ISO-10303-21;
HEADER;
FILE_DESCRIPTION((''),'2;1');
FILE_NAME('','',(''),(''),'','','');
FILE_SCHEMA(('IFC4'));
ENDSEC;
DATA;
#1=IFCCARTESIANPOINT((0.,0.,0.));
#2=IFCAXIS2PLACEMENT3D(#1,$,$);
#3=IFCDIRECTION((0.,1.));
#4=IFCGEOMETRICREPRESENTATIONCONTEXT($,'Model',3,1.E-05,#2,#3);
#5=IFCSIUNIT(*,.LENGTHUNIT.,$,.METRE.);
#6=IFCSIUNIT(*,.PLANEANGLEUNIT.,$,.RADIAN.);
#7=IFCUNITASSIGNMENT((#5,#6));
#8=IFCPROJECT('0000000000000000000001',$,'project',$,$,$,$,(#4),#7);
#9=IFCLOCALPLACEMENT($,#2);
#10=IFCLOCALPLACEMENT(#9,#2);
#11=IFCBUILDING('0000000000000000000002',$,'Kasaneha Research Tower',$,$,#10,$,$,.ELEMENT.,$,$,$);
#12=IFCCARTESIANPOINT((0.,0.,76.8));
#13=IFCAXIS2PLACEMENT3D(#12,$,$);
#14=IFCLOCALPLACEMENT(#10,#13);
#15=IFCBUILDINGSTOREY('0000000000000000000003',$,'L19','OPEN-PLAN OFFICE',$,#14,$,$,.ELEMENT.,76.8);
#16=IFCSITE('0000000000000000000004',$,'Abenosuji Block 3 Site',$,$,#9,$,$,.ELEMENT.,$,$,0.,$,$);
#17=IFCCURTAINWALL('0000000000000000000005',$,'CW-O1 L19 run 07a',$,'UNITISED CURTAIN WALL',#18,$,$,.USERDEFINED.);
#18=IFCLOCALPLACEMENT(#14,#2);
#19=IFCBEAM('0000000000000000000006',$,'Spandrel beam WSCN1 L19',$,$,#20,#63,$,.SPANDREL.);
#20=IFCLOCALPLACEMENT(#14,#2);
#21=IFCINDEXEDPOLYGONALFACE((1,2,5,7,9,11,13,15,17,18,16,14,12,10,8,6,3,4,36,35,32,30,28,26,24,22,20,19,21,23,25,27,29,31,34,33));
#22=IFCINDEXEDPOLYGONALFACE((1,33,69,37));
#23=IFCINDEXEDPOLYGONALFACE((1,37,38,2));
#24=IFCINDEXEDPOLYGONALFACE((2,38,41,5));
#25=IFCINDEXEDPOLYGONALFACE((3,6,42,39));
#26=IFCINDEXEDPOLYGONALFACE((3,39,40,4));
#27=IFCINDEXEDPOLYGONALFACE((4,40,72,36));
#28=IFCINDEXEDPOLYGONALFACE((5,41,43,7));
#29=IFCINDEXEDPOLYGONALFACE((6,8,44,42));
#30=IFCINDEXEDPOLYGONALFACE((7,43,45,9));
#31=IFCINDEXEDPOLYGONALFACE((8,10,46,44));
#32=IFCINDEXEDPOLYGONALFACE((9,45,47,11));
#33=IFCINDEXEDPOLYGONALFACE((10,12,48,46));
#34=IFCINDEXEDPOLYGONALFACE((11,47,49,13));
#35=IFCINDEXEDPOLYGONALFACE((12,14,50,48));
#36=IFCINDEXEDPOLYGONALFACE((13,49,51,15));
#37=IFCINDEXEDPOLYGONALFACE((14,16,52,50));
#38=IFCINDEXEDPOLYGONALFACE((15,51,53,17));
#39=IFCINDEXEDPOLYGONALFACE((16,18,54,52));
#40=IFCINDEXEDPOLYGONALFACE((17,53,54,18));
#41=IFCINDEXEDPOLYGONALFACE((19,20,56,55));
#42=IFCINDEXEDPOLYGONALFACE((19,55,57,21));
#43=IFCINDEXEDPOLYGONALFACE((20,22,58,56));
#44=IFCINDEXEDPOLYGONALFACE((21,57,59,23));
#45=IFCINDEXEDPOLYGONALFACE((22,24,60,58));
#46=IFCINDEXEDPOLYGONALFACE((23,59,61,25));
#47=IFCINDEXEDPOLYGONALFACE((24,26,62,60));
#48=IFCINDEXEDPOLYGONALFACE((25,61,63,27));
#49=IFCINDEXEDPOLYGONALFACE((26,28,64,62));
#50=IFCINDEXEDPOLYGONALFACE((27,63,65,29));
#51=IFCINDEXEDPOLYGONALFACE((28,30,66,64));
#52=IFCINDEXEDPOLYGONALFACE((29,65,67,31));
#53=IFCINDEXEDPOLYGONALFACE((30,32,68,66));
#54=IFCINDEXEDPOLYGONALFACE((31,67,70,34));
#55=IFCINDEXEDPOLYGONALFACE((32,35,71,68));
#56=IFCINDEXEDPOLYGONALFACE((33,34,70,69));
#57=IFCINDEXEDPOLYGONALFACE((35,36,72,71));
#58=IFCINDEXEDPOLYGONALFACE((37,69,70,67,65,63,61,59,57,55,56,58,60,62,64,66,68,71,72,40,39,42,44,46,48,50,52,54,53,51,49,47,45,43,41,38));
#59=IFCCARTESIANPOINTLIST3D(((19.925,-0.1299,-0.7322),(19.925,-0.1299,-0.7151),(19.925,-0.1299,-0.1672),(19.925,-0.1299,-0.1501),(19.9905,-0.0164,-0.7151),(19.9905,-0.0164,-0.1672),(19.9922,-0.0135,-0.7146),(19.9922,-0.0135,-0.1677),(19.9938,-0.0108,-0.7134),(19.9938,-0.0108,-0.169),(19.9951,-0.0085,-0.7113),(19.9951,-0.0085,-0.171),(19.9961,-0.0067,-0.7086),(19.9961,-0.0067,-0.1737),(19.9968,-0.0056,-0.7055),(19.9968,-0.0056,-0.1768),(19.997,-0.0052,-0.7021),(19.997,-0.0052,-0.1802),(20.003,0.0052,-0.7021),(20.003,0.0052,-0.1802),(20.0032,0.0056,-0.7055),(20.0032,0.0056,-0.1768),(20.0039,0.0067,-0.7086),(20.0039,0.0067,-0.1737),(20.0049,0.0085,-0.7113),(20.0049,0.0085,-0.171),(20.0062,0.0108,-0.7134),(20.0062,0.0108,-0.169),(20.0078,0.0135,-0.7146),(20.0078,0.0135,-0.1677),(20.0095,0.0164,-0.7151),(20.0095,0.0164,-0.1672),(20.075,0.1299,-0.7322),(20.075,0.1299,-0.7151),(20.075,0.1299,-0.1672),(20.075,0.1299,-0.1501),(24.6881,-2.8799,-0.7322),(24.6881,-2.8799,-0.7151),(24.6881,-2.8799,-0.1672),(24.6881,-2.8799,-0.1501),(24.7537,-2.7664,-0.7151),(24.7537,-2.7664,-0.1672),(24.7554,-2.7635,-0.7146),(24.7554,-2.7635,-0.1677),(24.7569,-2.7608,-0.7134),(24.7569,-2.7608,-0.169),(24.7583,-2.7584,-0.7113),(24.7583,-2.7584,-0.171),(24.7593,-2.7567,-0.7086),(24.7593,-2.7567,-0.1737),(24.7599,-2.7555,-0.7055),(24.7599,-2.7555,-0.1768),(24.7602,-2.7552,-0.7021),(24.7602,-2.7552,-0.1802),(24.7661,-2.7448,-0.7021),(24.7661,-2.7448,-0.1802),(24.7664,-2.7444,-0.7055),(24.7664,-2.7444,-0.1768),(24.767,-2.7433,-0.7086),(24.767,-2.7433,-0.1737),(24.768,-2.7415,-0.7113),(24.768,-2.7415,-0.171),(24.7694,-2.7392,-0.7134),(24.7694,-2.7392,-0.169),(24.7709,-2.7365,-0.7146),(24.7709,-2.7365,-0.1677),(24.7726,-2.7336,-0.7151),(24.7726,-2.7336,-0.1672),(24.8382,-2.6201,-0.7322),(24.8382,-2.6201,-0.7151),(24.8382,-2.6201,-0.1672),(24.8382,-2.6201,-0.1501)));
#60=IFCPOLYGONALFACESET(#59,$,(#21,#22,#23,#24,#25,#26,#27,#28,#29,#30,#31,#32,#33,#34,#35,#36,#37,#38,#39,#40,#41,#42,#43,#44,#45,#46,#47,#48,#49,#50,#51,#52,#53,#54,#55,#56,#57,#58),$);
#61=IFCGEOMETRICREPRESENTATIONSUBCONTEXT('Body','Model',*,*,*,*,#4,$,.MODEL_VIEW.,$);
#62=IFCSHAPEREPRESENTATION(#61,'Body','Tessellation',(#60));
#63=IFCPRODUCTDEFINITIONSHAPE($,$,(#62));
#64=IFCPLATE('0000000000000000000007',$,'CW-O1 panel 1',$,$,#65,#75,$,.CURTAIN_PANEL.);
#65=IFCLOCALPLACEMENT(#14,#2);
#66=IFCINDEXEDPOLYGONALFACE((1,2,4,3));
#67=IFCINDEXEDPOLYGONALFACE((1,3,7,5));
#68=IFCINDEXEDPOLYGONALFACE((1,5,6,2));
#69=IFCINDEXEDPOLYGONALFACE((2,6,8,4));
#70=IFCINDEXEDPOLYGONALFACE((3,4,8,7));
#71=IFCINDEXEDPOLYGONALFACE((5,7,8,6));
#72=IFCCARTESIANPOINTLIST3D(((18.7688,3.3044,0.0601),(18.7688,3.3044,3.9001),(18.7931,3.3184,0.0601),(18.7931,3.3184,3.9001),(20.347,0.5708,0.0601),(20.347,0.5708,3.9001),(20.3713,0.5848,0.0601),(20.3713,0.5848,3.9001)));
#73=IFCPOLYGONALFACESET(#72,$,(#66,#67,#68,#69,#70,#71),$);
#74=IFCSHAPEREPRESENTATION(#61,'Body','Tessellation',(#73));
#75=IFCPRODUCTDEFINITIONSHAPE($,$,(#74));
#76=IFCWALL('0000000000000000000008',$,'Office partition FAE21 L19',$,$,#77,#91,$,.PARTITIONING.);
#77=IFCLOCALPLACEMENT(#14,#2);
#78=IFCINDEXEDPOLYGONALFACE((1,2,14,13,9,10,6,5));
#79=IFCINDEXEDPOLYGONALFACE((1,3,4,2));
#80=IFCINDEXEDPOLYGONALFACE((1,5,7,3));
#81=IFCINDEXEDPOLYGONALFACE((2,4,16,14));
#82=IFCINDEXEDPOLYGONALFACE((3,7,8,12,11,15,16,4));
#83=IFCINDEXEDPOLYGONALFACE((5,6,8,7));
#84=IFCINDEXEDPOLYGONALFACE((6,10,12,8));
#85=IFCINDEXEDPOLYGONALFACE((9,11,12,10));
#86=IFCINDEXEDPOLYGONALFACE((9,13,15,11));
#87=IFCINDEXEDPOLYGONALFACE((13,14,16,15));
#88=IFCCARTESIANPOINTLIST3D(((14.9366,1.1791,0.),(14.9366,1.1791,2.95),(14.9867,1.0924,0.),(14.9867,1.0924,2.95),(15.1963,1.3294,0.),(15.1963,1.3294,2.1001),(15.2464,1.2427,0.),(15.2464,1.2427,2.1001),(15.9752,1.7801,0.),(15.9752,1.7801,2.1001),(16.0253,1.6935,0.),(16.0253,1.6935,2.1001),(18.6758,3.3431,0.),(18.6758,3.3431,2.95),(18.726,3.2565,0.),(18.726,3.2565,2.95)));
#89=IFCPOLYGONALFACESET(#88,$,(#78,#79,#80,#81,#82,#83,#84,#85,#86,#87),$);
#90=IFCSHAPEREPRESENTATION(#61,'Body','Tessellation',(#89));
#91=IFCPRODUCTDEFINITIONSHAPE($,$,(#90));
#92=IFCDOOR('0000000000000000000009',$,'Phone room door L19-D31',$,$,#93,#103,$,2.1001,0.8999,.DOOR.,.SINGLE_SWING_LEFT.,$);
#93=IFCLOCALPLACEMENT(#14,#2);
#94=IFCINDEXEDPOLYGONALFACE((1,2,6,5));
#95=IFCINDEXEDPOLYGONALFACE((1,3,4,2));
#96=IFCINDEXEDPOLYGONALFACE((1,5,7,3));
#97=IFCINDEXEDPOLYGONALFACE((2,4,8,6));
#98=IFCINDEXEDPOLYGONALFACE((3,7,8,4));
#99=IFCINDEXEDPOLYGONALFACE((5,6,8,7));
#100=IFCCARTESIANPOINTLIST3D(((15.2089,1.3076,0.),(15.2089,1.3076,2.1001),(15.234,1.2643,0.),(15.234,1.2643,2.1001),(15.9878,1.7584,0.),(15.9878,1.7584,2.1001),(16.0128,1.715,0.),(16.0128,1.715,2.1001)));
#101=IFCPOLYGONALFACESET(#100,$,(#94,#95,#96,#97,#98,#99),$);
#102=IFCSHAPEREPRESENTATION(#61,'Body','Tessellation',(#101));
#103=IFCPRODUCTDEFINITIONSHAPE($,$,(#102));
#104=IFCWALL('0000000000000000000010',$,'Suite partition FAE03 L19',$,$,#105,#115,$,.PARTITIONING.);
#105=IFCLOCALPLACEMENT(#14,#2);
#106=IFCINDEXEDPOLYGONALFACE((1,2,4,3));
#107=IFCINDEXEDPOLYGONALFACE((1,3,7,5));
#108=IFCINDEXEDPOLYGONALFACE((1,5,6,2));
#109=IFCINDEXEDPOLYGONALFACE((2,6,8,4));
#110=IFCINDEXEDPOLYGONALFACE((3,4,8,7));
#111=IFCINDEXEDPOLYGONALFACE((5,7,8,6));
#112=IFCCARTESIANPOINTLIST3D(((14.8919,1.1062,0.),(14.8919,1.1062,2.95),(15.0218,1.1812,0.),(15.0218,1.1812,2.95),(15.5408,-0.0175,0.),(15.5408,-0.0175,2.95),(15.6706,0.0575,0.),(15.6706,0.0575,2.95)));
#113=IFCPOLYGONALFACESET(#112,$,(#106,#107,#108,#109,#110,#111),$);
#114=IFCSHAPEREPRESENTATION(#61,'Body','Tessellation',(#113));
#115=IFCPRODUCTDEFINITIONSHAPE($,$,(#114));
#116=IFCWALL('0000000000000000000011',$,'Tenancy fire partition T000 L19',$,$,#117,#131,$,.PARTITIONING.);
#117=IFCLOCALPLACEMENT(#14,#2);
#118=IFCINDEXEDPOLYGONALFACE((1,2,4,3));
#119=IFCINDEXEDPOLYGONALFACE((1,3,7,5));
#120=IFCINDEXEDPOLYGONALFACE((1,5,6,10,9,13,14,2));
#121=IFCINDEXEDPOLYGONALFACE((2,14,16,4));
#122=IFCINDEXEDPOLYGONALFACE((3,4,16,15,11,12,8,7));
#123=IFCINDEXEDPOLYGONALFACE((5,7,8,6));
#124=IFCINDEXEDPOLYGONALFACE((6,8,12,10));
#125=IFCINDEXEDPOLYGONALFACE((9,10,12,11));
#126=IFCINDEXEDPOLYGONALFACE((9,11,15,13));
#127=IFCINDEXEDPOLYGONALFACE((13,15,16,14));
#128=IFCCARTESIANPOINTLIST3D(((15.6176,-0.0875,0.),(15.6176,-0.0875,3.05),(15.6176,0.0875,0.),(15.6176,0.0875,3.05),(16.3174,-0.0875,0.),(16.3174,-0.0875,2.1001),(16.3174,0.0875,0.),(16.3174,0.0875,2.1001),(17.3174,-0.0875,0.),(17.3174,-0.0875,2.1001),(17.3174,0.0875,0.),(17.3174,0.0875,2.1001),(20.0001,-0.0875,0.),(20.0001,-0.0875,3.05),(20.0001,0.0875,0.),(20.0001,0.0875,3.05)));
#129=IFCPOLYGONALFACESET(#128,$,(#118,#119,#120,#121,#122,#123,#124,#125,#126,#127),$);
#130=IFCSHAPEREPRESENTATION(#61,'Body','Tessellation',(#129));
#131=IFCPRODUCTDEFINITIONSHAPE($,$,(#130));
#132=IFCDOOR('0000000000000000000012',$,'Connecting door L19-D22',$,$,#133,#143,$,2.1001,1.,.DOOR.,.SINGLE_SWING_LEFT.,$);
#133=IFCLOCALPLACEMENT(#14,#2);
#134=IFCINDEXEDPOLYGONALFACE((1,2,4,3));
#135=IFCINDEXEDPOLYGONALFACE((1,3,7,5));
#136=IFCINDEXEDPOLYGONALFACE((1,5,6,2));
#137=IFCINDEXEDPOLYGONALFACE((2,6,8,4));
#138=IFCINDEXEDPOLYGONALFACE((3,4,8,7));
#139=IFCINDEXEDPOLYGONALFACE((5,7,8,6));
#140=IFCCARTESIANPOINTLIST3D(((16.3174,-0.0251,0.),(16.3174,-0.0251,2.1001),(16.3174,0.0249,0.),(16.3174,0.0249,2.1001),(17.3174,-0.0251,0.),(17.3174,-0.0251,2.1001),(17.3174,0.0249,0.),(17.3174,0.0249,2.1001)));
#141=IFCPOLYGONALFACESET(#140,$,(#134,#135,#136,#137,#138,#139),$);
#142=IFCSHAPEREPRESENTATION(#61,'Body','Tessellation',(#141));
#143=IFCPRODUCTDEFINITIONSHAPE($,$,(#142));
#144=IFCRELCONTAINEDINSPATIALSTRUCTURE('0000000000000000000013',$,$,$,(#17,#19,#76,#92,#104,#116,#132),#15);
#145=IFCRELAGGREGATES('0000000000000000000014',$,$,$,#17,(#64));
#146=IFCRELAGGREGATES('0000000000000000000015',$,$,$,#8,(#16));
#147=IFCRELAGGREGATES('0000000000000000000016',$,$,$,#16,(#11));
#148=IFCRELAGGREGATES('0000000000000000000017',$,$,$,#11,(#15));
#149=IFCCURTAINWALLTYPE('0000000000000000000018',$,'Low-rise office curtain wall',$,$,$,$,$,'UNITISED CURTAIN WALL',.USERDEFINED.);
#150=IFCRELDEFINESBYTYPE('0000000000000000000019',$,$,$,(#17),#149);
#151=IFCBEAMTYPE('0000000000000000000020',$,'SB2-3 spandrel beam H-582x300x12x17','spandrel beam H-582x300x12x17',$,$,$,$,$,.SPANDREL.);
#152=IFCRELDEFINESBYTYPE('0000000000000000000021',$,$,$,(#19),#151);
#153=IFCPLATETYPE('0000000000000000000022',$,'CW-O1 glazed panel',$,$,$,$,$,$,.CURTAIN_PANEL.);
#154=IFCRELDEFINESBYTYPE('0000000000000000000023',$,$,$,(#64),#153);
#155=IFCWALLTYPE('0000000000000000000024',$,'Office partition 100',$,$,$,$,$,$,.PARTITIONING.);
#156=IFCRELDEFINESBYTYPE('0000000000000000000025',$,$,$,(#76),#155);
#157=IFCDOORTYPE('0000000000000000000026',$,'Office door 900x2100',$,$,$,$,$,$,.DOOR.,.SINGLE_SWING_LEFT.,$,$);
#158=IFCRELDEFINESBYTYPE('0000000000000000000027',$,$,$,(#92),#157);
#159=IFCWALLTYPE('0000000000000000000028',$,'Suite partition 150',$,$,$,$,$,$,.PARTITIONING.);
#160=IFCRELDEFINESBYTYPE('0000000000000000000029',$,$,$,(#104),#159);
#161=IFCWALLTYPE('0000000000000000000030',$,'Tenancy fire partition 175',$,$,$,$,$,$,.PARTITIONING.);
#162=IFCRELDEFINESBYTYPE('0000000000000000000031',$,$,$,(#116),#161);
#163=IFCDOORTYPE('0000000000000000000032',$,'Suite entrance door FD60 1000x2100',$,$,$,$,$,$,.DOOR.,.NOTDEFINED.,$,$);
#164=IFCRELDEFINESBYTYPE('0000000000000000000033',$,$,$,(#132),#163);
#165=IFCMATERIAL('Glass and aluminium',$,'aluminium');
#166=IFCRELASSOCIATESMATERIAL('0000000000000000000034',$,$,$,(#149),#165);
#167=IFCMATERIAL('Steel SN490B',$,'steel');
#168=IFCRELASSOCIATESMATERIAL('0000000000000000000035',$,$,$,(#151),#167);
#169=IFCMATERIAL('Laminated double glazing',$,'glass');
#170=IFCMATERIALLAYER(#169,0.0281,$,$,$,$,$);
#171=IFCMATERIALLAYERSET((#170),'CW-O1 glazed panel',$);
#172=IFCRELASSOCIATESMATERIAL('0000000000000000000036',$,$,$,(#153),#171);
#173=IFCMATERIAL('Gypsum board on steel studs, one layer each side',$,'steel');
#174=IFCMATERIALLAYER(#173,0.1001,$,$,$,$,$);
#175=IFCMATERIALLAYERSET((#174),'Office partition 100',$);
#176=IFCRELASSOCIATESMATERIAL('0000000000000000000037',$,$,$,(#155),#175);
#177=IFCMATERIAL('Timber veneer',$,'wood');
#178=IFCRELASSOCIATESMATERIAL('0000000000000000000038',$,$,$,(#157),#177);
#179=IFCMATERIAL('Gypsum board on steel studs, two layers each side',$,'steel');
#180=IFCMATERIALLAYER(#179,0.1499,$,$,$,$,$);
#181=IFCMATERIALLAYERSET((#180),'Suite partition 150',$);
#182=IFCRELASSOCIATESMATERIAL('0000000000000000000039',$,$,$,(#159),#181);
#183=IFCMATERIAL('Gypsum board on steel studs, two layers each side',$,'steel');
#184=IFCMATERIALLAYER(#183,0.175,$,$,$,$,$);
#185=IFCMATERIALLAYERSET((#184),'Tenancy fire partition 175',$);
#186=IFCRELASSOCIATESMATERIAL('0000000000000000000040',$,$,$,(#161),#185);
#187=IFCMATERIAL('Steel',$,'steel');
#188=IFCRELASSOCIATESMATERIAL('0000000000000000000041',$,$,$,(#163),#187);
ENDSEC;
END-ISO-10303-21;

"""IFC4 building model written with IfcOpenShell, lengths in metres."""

from ifc_helpers import new_model, si_unit, direction, frame, frame_2d, origin, origin_2d, place, context, subcontext, project, spatial, rectangle, i_section, extrude, material, layer, layer_set, material_profile, profile_set, type_object, element, fill, aggregate, save


model = new_model("IFC4")

# Units and contexts
model_context = context("Model", 3, precision=1e-05, world=origin(), true_north=direction((0.0, 1.0)))
body_context = subcontext(model_context, "Body", "Model", "MODEL_VIEW")
ifc_project = project(units=[si_unit("LENGTHUNIT", "METRE"), si_unit("PLANEANGLEUNIT", "RADIAN")], contexts=[model_context])

# Site, building, storey
site_placement = place(None, origin())
site = spatial("IfcSite", under=ifc_project, at=site_placement, Name="Abenosuji Block 3 Site", CompositionType="ELEMENT", RefElevation=0.0)
building_placement = place(site_placement, origin())
building = spatial("IfcBuilding", under=site, at=building_placement, Name="Kasaneha Research Tower", CompositionType="ELEMENT")
storey_placement = place(building_placement, frame((0.0, 0.0, 76.8)))
storey = spatial("IfcBuildingStorey", under=building, at=storey_placement, Name="L19", Description="OPEN-PLAN OFFICE", CompositionType="ELEMENT", Elevation=76.8)

# Shared definitions
ifc_material_1 = material(Name="Glass and aluminium", Category="aluminium")
curtain_wall_type = type_object("IfcCurtainWallType", Name="Low-rise office curtain wall", ElementType="UNITISED CURTAIN WALL", PredefinedType="USERDEFINED", material=ifc_material_1)

# Curtain wall
curtain_wall_1_placement = place(storey_placement, origin())
curtain_wall_1 = element("IfcCurtainWall", 1, at=curtain_wall_1_placement, inside=storey, type_object=curtain_wall_type, Name="CW-O1 L19 run 07a", ObjectType="UNITISED CURTAIN WALL", PredefinedType="USERDEFINED")

# Beam
ifc_material_2 = material(Name="Steel SN490B", Category="steel")
ifc_material_profile_1 = material_profile(ifc_material_2, i_section(OverallWidth=0.3, OverallDepth=0.582, WebThickness=0.012, FlangeThickness=0.0171, FilletRadius=0.0129, at=origin_2d()), Name="H-582x300x12x17")
ifc_profile_set_1 = profile_set([ifc_material_profile_1], Name="Steel SN490B")
beam_type_1 = type_object("IfcBeamType", Name="SB2-3 spandrel beam H-582x300x12x17", Description="spandrel beam H-582x300x12x17", PredefinedType="SPANDREL", material=ifc_profile_set_1)
beam_1_placement = place(storey_placement, frame((20.0, 0.0, -0.4412), z_axis=(0.866027, -0.499997, 0.0), x_axis=(0.499997, 0.866027, 0.0)))
element("IfcBeam", 2, at=beam_1_placement, inside=storey, type_object=beam_type_1, Name="Spandrel beam WSCN1 L19", PredefinedType="SPANDREL", context=body_context, shape_type="SweptSolid", body=[
    extrude(i_section(OverallWidth=0.3, OverallDepth=0.582, WebThickness=0.012, FlangeThickness=0.0171, FilletRadius=0.0129, at=origin_2d()), origin(), (0.0, 0.0, 1.0), 5.5),
])

# Plate
ifc_material_3 = material(Name="Laminated double glazing", Category="glass")
ifc_layer_1 = layer(ifc_material_3, 0.0281)
ifc_layer_set_1 = layer_set([ifc_layer_1], Name="CW-O1 glazed panel")
plate_type = type_object("IfcPlateType", Name="CW-O1 glazed panel", PredefinedType="CURTAIN_PANEL", material=ifc_layer_set_1)
plate_placement = place(storey_placement, frame((19.5701, 1.9446, 0.0601), z_axis=(0.0, 0.0, 1.0), x_axis=(-0.5, 0.866025, 0.0)))
plate = element("IfcPlate", 3, at=plate_placement, type_object=plate_type, Name="CW-O1 panel 1", PredefinedType="CURTAIN_PANEL", context=body_context, shape_type="SweptSolid", body=[
    extrude(rectangle(XDim=3.1565, YDim=0.0281, at=origin_2d()), origin(), (0.0, 0.0, 1.0), 3.8401),
])
aggregate(curtain_wall_1, [plate])

# Wall, opening, door
ifc_material_4 = material(Name="Gypsum board on steel studs, one layer each side", Category="steel")
ifc_layer_2 = layer(ifc_material_4, 0.1001)
ifc_layer_set_2 = layer_set([ifc_layer_2], Name="Office partition 100")
wall_type_1 = type_object("IfcWallType", Name="Office partition 100", PredefinedType="PARTITIONING", material=ifc_layer_set_2)
wall_1_placement = place(storey_placement, frame((14.9617, 1.1357, 0.0), z_axis=(0.0, 0.0, 1.0), x_axis=(0.865504, 0.500903, 0.0)))
wall_1 = element("IfcWall", 4, at=wall_1_placement, inside=storey, type_object=wall_type_1, Name="Office partition FAE21 L19", PredefinedType="PARTITIONING", context=body_context, shape_type="SweptSolid", body=[
    extrude(rectangle(XDim=4.3203, YDim=0.1001, at=frame_2d((2.1602, 0.0))), origin(), (0.0, 0.0, 1.0), 2.95),
])
opening_1_placement = place(wall_1_placement, frame((0.3, 0.0, 0.0)))
opening_1 = element("IfcOpeningElement", 5, at=opening_1_placement, cuts=wall_1, PredefinedType="OPENING", context=body_context, shape_type="SweptSolid", body=[
    extrude(rectangle(XDim=0.8999, YDim=2.1001, at=frame_2d((0.45, 1.05))), frame((0.0, 0.0601, 0.0), z_axis=(0.0, -1.0, 0.0), x_axis=(1.0, 0.0, 0.0)), (0.0, 0.0, 1.0), 0.1201),
])
ifc_material_5 = material(Name="Timber veneer", Category="wood")
door_type_1 = type_object("IfcDoorType", Name="Office door 900x2100", OperationType="SINGLE_SWING_LEFT", PredefinedType="DOOR", material=ifc_material_5)
door_1_placement = place(opening_1_placement, origin())
door_1 = element("IfcDoor", 6, at=door_1_placement, inside=storey, type_object=door_type_1, Name="Phone room door L19-D31", OperationType="SINGLE_SWING_LEFT", OverallHeight=2.1001, OverallWidth=0.8999, PredefinedType="DOOR", context=body_context, shape_type="SweptSolid", body=[
    extrude(rectangle(XDim=0.8999, YDim=2.1001, at=frame_2d((0.45, 1.05))), frame((0.0, 0.0249, 0.0), z_axis=(0.0, -1.0, 0.0), x_axis=(1.0, 0.0, 0.0)), (0.0, 0.0, 1.0), 0.05),
])
fill(opening_1, door_1)

# Wall
ifc_material_6 = material(Name="Gypsum board on steel studs, two layers each side", Category="steel")
ifc_layer_3 = layer(ifc_material_6, 0.1499)
ifc_layer_set_3 = layer_set([ifc_layer_3], Name="Suite partition 150")
wall_type_2 = type_object("IfcWallType", Name="Suite partition 150", PredefinedType="PARTITIONING", material=ifc_layer_set_3)
wall_2_placement = place(storey_placement, frame((14.9568, 1.1438, 0.0), z_axis=(0.0, 0.0, 1.0), x_axis=(0.500064, -0.865988, 0.0)))
element("IfcWall", 7, at=wall_2_placement, inside=storey, type_object=wall_type_2, Name="Suite partition FAE03 L19", PredefinedType="PARTITIONING", context=body_context, shape_type="SweptSolid", body=[
    extrude(rectangle(XDim=1.2976, YDim=0.1499, at=frame_2d((0.6489, 0.0))), origin(), (0.0, 0.0, 1.0), 2.95),
])

# Wall, opening, door
ifc_material_7 = material(Name="Gypsum board on steel studs, two layers each side", Category="steel")
ifc_layer_4 = layer(ifc_material_7, 0.175)
ifc_layer_set_4 = layer_set([ifc_layer_4], Name="Tenancy fire partition 175")
wall_type_3 = type_object("IfcWallType", Name="Tenancy fire partition 175", PredefinedType="PARTITIONING", material=ifc_layer_set_4)
wall_3_placement = place(storey_placement, frame((15.6174, 0.0, 0.0), z_axis=(0.0, 0.0, 1.0), x_axis=(1.0, 0.0, 0.0)))
wall_3 = element("IfcWall", 8, at=wall_3_placement, inside=storey, type_object=wall_type_3, Name="Tenancy fire partition T000 L19", PredefinedType="PARTITIONING", context=body_context, shape_type="SweptSolid", body=[
    extrude(rectangle(XDim=4.3826, YDim=0.175, at=frame_2d((2.1914, 0.0))), origin(), (0.0, 0.0, 1.0), 3.05),
])
opening_2_placement = place(wall_3_placement, frame((0.7, 0.0, 0.0)))
opening_2 = element("IfcOpeningElement", 9, at=opening_2_placement, cuts=wall_3, PredefinedType="OPENING", context=body_context, shape_type="SweptSolid", body=[
    extrude(rectangle(XDim=1.0, YDim=2.1001, at=frame_2d((0.5, 1.05))), frame((0.0, 0.0977, 0.0), z_axis=(0.0, -1.0, 0.0), x_axis=(1.0, 0.0, 0.0)), (0.0, 0.0, 1.0), 0.1951),
])
ifc_material_8 = material(Name="Steel", Category="steel")
door_type_2 = type_object("IfcDoorType", Name="Suite entrance door FD60 1000x2100", OperationType="NOTDEFINED", PredefinedType="DOOR", material=ifc_material_8)
door_2_placement = place(opening_2_placement, origin())
door_2 = element("IfcDoor", 10, at=door_2_placement, inside=storey, type_object=door_type_2, Name="Connecting door L19-D22", OperationType="SINGLE_SWING_LEFT", OverallHeight=2.1001, OverallWidth=1.0, PredefinedType="DOOR", context=body_context, shape_type="SweptSolid", body=[
    extrude(rectangle(XDim=1.0, YDim=2.1001, at=frame_2d((0.5, 1.05))), frame((0.0, 0.0249, 0.0), z_axis=(0.0, -1.0, 0.0), x_axis=(1.0, 0.0, 0.0)), (0.0, 0.0, 1.0), 0.05),
])
fill(opening_2, door_2)

save(model, "model.ifc")
